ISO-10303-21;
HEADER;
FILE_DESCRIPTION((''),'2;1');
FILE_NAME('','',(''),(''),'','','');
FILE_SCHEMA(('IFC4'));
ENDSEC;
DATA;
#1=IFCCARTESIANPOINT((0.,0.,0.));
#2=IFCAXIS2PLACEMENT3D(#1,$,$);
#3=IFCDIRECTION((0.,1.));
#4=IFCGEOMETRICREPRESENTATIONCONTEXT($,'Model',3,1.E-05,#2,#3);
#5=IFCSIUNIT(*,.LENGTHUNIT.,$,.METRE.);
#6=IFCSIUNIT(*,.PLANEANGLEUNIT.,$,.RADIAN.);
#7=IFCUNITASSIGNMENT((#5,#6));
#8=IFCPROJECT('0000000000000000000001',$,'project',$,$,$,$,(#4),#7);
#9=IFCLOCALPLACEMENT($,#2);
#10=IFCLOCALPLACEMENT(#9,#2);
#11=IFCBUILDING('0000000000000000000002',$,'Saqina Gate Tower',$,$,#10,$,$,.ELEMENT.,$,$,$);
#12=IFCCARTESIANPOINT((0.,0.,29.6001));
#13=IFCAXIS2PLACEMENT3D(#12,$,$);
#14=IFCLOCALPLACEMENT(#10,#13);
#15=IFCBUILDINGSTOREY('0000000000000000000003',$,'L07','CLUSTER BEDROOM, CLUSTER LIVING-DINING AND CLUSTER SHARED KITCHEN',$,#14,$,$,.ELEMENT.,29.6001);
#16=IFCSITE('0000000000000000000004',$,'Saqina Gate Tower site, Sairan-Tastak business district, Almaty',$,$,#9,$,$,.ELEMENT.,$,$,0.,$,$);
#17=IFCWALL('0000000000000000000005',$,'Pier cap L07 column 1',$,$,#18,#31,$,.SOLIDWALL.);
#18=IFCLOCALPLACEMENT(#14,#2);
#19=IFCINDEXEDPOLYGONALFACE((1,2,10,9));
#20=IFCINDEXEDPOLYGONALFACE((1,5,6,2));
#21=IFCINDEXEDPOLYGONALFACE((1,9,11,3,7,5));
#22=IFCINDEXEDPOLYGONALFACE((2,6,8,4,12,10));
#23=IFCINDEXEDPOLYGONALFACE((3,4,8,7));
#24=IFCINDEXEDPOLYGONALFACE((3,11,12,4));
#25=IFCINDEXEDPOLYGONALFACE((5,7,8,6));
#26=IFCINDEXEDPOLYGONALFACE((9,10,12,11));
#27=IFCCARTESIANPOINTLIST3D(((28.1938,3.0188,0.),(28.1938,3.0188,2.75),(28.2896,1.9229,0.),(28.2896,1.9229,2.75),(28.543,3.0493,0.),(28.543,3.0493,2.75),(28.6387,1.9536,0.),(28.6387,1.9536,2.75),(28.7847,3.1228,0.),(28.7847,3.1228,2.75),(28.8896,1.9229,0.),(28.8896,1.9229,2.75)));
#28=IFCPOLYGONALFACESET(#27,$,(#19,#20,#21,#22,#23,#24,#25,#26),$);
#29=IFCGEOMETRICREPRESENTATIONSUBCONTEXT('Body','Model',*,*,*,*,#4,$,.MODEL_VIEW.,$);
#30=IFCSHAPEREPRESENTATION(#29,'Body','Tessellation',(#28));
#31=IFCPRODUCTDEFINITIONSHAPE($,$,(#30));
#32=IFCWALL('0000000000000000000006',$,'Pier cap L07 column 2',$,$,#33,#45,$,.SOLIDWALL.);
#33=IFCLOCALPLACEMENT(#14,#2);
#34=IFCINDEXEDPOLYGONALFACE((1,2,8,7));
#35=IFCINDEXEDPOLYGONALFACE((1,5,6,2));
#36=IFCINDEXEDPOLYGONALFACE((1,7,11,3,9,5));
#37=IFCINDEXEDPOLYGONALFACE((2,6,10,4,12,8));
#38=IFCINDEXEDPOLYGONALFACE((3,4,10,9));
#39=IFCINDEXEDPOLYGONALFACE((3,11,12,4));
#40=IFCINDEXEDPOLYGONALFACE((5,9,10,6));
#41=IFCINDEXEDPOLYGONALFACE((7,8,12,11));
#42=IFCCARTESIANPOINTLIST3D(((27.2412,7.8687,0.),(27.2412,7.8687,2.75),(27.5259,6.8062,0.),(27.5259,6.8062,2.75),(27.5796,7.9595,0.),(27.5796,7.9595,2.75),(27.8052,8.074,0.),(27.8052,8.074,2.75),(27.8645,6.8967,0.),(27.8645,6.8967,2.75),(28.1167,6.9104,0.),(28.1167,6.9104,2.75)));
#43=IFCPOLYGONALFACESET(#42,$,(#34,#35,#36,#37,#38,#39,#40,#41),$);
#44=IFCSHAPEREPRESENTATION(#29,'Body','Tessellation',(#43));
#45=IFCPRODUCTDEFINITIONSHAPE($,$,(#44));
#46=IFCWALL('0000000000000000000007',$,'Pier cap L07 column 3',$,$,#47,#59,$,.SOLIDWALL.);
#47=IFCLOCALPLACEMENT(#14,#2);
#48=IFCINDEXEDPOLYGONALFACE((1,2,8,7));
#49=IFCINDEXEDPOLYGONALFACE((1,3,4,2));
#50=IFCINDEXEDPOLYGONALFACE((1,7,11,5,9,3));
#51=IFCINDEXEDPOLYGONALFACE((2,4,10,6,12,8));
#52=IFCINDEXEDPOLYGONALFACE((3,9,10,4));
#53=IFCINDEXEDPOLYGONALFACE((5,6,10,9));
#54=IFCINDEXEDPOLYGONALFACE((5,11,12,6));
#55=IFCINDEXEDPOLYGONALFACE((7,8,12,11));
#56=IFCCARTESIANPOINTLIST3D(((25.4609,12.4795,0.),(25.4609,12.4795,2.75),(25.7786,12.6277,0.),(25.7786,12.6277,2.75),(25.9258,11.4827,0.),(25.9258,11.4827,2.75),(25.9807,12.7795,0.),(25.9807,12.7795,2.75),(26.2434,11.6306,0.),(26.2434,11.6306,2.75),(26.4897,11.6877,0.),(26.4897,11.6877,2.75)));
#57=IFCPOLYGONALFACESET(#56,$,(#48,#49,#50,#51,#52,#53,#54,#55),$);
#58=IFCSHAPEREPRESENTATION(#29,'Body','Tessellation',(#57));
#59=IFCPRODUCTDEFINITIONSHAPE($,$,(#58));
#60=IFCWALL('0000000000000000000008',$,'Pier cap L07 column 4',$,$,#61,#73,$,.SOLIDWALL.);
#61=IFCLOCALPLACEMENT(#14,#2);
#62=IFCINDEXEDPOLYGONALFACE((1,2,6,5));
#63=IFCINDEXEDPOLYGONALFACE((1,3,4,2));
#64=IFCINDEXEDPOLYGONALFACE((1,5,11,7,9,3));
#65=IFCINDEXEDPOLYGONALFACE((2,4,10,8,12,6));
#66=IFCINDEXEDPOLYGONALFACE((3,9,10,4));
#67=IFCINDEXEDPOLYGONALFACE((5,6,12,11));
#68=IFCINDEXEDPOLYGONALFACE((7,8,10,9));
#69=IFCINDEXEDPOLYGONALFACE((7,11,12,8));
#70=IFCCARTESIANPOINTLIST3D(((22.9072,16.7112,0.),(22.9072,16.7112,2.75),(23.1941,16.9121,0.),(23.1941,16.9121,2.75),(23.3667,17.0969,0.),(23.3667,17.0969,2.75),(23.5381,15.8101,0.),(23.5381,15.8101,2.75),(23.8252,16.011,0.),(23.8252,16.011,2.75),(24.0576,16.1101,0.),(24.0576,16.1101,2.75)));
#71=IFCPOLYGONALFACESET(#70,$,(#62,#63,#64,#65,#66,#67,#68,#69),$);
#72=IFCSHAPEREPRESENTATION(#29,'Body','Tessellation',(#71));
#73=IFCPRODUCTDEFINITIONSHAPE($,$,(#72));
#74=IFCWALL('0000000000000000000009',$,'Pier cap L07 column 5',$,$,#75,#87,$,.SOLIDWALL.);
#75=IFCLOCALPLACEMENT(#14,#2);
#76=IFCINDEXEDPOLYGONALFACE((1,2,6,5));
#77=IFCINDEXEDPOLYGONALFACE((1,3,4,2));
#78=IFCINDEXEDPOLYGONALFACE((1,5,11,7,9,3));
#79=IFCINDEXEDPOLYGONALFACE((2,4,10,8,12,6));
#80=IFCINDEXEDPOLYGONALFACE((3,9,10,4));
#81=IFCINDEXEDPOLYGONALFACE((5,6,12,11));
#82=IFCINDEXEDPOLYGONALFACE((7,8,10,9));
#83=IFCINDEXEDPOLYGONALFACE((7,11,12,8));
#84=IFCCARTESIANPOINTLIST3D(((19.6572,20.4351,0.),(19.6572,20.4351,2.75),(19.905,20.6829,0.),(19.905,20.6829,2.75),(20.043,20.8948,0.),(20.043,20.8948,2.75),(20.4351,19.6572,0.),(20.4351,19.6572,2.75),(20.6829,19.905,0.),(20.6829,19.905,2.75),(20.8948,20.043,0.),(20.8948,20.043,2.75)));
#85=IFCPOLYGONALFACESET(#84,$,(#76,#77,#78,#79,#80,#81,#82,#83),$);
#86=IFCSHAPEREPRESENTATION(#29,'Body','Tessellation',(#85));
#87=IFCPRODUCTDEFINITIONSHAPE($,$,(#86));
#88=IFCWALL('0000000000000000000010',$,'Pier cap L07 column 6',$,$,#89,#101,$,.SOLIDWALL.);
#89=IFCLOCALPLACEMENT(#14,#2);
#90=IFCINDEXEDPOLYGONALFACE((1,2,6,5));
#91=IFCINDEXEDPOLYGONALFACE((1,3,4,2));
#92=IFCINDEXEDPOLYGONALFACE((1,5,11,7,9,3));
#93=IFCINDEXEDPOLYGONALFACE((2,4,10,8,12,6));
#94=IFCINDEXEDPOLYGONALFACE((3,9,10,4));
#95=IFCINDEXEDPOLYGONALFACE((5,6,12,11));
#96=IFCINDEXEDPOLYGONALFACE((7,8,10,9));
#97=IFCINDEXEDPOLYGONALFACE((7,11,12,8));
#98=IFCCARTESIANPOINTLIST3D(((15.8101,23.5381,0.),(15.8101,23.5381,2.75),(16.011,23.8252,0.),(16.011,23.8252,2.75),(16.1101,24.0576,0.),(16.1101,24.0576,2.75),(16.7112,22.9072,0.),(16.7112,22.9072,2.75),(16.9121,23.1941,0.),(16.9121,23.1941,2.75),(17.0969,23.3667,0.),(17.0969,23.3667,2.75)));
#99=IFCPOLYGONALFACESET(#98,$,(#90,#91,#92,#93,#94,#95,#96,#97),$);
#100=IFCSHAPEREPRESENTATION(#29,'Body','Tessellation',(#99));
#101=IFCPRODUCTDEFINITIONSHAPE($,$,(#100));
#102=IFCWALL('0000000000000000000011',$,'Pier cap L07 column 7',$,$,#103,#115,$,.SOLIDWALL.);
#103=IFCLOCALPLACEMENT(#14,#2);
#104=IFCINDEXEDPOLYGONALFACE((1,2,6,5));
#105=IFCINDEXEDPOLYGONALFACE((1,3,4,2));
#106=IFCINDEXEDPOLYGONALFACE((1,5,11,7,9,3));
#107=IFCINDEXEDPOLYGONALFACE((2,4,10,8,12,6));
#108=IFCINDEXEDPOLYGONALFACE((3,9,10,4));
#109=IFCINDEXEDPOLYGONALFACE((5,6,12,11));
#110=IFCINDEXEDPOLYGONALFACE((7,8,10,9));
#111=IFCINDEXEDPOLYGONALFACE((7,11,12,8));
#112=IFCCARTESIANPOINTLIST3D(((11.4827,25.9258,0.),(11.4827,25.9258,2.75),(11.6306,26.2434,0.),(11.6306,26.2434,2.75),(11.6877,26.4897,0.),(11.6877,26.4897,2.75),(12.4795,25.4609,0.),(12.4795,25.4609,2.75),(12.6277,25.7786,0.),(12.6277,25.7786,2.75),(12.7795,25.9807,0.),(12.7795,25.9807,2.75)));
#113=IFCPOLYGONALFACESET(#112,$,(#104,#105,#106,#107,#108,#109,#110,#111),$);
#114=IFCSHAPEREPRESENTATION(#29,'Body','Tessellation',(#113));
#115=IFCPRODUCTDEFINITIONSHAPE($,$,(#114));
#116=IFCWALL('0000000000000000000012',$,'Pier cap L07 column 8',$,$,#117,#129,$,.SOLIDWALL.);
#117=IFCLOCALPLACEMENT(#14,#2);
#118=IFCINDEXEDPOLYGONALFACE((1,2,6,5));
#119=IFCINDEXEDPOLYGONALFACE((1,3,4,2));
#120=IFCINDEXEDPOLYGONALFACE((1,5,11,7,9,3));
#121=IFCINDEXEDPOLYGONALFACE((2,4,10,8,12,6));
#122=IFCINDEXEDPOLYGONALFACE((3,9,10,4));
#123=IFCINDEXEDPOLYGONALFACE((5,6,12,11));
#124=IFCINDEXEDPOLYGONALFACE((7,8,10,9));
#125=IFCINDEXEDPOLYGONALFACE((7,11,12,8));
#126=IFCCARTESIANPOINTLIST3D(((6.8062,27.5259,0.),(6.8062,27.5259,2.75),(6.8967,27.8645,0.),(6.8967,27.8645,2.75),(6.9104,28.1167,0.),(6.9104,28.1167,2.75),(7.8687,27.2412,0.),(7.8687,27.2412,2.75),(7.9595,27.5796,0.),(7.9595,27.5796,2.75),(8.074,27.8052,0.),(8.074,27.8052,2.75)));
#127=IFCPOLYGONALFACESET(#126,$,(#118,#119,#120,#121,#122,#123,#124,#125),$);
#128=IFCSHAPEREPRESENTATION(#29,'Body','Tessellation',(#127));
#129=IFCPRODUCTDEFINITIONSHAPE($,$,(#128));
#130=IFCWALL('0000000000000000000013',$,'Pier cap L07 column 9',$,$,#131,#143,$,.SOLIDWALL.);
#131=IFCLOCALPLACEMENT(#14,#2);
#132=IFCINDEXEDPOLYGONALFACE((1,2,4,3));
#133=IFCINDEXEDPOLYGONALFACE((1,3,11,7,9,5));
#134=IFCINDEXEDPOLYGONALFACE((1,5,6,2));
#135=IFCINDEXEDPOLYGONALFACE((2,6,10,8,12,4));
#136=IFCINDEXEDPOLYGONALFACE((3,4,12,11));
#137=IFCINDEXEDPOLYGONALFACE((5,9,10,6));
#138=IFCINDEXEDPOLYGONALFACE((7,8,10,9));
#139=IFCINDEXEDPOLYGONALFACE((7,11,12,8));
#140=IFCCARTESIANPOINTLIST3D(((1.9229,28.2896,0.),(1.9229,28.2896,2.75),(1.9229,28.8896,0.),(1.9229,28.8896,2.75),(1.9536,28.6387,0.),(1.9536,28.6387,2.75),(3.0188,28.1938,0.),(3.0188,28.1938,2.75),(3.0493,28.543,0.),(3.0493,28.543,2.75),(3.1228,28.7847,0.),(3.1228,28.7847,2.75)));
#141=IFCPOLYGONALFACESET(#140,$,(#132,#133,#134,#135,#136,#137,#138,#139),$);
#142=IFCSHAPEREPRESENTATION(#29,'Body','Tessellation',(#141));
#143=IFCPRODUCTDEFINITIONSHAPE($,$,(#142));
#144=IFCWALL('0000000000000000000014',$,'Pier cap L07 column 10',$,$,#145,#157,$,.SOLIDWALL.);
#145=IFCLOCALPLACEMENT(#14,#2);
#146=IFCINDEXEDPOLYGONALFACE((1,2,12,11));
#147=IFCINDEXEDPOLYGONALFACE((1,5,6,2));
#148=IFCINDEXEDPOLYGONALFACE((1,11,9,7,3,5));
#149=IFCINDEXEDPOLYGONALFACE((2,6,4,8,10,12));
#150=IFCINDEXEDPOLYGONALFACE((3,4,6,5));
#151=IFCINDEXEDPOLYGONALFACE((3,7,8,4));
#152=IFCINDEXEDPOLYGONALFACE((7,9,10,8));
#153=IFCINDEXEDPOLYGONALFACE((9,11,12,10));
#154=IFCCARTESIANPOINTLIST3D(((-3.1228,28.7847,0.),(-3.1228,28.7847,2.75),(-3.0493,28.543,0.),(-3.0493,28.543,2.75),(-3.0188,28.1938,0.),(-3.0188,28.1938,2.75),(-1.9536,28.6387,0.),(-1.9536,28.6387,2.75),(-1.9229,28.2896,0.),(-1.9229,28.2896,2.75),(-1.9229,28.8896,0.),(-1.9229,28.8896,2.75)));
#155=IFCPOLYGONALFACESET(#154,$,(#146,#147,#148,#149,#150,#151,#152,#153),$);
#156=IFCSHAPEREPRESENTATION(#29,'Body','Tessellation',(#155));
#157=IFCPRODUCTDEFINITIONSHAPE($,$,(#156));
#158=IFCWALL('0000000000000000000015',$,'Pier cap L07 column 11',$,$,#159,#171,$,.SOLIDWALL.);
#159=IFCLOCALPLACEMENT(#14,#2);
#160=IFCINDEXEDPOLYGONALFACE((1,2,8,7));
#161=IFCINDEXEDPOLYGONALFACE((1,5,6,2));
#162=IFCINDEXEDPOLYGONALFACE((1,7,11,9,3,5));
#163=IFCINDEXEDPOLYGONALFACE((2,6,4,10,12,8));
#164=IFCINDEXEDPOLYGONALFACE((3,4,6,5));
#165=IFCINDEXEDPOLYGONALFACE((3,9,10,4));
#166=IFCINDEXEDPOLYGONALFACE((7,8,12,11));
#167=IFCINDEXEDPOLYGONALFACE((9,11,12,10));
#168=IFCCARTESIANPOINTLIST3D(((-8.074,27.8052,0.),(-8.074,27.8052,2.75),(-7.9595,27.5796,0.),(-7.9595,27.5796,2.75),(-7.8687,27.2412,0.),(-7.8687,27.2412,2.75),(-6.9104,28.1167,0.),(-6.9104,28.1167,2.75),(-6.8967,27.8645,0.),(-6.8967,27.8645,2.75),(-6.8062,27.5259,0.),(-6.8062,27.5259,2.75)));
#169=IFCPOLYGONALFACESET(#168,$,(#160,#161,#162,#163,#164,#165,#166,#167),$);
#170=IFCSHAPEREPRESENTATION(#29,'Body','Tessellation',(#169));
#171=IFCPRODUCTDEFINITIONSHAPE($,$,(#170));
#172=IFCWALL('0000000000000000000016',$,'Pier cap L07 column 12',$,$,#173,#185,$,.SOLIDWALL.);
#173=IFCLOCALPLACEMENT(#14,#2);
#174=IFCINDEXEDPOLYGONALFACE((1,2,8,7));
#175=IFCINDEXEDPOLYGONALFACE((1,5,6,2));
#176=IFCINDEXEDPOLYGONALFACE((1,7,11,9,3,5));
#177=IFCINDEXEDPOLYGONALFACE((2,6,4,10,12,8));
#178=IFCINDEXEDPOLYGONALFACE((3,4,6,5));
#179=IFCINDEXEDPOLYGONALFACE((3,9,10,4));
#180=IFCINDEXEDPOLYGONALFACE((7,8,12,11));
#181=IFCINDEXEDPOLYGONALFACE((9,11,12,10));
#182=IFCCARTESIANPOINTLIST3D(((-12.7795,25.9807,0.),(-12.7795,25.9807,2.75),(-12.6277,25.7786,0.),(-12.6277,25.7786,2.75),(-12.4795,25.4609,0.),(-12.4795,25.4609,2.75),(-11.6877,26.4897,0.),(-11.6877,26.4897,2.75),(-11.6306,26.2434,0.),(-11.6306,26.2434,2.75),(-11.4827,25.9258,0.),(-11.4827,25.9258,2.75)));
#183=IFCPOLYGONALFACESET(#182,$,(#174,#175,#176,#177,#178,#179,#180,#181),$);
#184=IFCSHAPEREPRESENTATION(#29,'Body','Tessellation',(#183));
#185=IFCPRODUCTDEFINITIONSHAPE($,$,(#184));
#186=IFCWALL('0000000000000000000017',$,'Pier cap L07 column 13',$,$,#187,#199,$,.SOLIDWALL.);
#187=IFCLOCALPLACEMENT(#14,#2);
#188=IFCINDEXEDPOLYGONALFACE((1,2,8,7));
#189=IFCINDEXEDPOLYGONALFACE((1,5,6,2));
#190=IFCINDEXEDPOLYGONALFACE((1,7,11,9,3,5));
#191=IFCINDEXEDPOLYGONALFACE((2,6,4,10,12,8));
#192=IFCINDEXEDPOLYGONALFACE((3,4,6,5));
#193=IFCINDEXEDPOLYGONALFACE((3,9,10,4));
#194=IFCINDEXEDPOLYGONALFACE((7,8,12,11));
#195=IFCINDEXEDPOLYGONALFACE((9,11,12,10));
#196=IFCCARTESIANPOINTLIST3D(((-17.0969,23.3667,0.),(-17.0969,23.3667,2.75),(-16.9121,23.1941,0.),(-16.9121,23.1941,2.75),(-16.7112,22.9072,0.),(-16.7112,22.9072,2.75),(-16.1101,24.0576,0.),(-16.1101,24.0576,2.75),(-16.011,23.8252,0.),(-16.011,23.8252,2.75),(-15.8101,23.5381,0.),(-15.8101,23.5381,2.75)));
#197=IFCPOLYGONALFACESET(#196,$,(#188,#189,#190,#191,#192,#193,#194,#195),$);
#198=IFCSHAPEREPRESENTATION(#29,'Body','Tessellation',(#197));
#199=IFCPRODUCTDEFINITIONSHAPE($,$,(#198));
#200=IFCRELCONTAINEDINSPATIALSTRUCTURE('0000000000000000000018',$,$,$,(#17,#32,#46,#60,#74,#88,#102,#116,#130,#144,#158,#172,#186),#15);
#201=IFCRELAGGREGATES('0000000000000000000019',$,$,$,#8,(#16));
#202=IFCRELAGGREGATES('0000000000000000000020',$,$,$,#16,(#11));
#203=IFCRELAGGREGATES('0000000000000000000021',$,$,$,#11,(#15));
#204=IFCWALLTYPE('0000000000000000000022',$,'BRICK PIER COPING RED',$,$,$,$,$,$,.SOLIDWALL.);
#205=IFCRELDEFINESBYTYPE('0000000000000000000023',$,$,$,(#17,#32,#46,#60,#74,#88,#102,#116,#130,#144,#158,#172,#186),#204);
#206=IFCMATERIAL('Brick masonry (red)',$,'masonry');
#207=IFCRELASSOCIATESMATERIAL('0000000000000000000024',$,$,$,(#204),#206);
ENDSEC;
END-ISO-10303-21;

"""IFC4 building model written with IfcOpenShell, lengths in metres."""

from ifc_helpers import new_model, si_unit, direction, frame, origin, place, context, subcontext, project, spatial, polyline, outline, extrude, material, type_object, element, save


model = new_model("IFC4")

# Units and contexts
model_context = context("Model", 3, precision=1e-05, world=origin(), true_north=direction((0.0, 1.0)))
body_context = subcontext(model_context, "Body", "Model", "MODEL_VIEW")
ifc_project = project(units=[si_unit("LENGTHUNIT", "METRE"), si_unit("PLANEANGLEUNIT", "RADIAN")], contexts=[model_context])

# Site, building, storey
site_placement = place(None, origin())
site = spatial("IfcSite", under=ifc_project, at=site_placement, Name="Saqina Gate Tower site, Sairan-Tastak business district, Almaty", CompositionType="ELEMENT", RefElevation=0.0)
building_placement = place(site_placement, origin())
building = spatial("IfcBuilding", under=site, at=building_placement, Name="Saqina Gate Tower", CompositionType="ELEMENT")
storey_placement = place(building_placement, frame((0.0, 0.0, 29.6001)))
storey = spatial("IfcBuildingStorey", under=building, at=storey_placement, Name="L07", Description="CLUSTER BEDROOM, CLUSTER LIVING-DINING AND CLUSTER SHARED KITCHEN", CompositionType="ELEMENT", Elevation=29.6001)

# Walls
ifc_material_1 = material(Name="Brick masonry (red)", Category="masonry")
wall_type_1 = type_object("IfcWallType", Name="BRICK PIER COPING RED", PredefinedType="SOLIDWALL", material=ifc_material_1)
wall_1_placement = place(storey_placement, origin())
element("IfcWall", 1, at=wall_1_placement, inside=storey, type_object=wall_type_1, Name="Pier cap L07 column 1", PredefinedType="SOLIDWALL", context=body_context, shape_type="SweptSolid", body=[
    extrude(outline(polyline([(28.8896, 1.9229), (28.7847, 3.1228), (28.1938, 3.0188), (28.543, 3.0493), (28.6387, 1.9536), (28.2896, 1.9229), (28.8896, 1.9229)])), origin(), (0.0, 0.0, 1.0), 2.75),
])
wall_2_placement = place(storey_placement, origin())
element("IfcWall", 2, at=wall_2_placement, inside=storey, type_object=wall_type_1, Name="Pier cap L07 column 2", PredefinedType="SOLIDWALL", context=body_context, shape_type="SweptSolid", body=[
    extrude(outline(polyline([(28.1167, 6.9104), (27.8052, 8.074), (27.2412, 7.8687), (27.5796, 7.9595), (27.8645, 6.8967), (27.5259, 6.8062), (28.1167, 6.9104)])), origin(), (0.0, 0.0, 1.0), 2.75),
])
wall_3_placement = place(storey_placement, origin())
element("IfcWall", 3, at=wall_3_placement, inside=storey, type_object=wall_type_1, Name="Pier cap L07 column 3", PredefinedType="SOLIDWALL", context=body_context, shape_type="SweptSolid", body=[
    extrude(outline(polyline([(25.9807, 12.7795), (25.4609, 12.4795), (25.7786, 12.6277), (26.2434, 11.6306), (25.9258, 11.4827), (26.4897, 11.6877), (25.9807, 12.7795)])), origin(), (0.0, 0.0, 1.0), 2.75),
])
wall_4_placement = place(storey_placement, origin())
element("IfcWall", 4, at=wall_4_placement, inside=storey, type_object=wall_type_1, Name="Pier cap L07 column 4", PredefinedType="SOLIDWALL", context=body_context, shape_type="SweptSolid", body=[
    extrude(outline(polyline([(24.0576, 16.1101), (23.3667, 17.0969), (22.9072, 16.7112), (23.1941, 16.9121), (23.8252, 16.011), (23.5381, 15.8101), (24.0576, 16.1101)])), origin(), (0.0, 0.0, 1.0), 2.75),
])
wall_5_placement = place(storey_placement, origin())
element("IfcWall", 5, at=wall_5_placement, inside=storey, type_object=wall_type_1, Name="Pier cap L07 column 5", PredefinedType="SOLIDWALL", context=body_context, shape_type="SweptSolid", body=[
    extrude(outline(polyline([(20.043, 20.8948), (19.6572, 20.4351), (19.905, 20.6829), (20.6829, 19.905), (20.4351, 19.6572), (20.8948, 20.043), (20.043, 20.8948)])), origin(), (0.0, 0.0, 1.0), 2.75),
])
wall_6_placement = place(storey_placement, origin())
element("IfcWall", 6, at=wall_6_placement, inside=storey, type_object=wall_type_1, Name="Pier cap L07 column 6", PredefinedType="SOLIDWALL", context=body_context, shape_type="SweptSolid", body=[
    extrude(outline(polyline([(17.0969, 23.3667), (16.1101, 24.0576), (15.8101, 23.5381), (16.011, 23.8252), (16.9121, 23.1941), (16.7112, 22.9072), (17.0969, 23.3667)])), origin(), (0.0, 0.0, 1.0), 2.75),
])
wall_7_placement = place(storey_placement, origin())
element("IfcWall", 7, at=wall_7_placement, inside=storey, type_object=wall_type_1, Name="Pier cap L07 column 7", PredefinedType="SOLIDWALL", context=body_context, shape_type="SweptSolid", body=[
    extrude(outline(polyline([(11.6877, 26.4897), (11.4827, 25.9258), (11.6306, 26.2434), (12.6277, 25.7786), (12.4795, 25.4609), (12.7795, 25.9807), (11.6877, 26.4897)])), origin(), (0.0, 0.0, 1.0), 2.75),
])
wall_8_placement = place(storey_placement, origin())
element("IfcWall", 8, at=wall_8_placement, inside=storey, type_object=wall_type_1, Name="Pier cap L07 column 8", PredefinedType="SOLIDWALL", context=body_context, shape_type="SweptSolid", body=[
    extrude(outline(polyline([(6.9104, 28.1167), (6.8062, 27.5259), (6.8967, 27.8645), (7.9595, 27.5796), (7.8687, 27.2412), (8.074, 27.8052), (6.9104, 28.1167)])), origin(), (0.0, 0.0, 1.0), 2.75),
])
wall_9_placement = place(storey_placement, origin())
element("IfcWall", 9, at=wall_9_placement, inside=storey, type_object=wall_type_1, Name="Pier cap L07 column 9", PredefinedType="SOLIDWALL", context=body_context, shape_type="SweptSolid", body=[
    extrude(outline(polyline([(3.1228, 28.7847), (1.9229, 28.8896), (1.9229, 28.2896), (1.9536, 28.6387), (3.0493, 28.543), (3.0188, 28.1938), (3.1228, 28.7847)])), origin(), (0.0, 0.0, 1.0), 2.75),
])
wall_10_placement = place(storey_placement, origin())
element("IfcWall", 10, at=wall_10_placement, inside=storey, type_object=wall_type_1, Name="Pier cap L07 column 10", PredefinedType="SOLIDWALL", context=body_context, shape_type="SweptSolid", body=[
    extrude(outline(polyline([(-1.9229, 28.8896), (-3.1228, 28.7847), (-3.0188, 28.1938), (-3.0493, 28.543), (-1.9536, 28.6387), (-1.9229, 28.2896), (-1.9229, 28.8896)])), origin(), (0.0, 0.0, 1.0), 2.75),
])
wall_11_placement = place(storey_placement, origin())
element("IfcWall", 11, at=wall_11_placement, inside=storey, type_object=wall_type_1, Name="Pier cap L07 column 11", PredefinedType="SOLIDWALL", context=body_context, shape_type="SweptSolid", body=[
    extrude(outline(polyline([(-6.9104, 28.1167), (-8.074, 27.8052), (-7.8687, 27.2412), (-7.9595, 27.5796), (-6.8967, 27.8645), (-6.8062, 27.5259), (-6.9104, 28.1167)])), origin(), (0.0, 0.0, 1.0), 2.75),
])
wall_12_placement = place(storey_placement, origin())
element("IfcWall", 12, at=wall_12_placement, inside=storey, type_object=wall_type_1, Name="Pier cap L07 column 12", PredefinedType="SOLIDWALL", context=body_context, shape_type="SweptSolid", body=[
    extrude(outline(polyline([(-12.7795, 25.9807), (-12.4795, 25.4609), (-12.6277, 25.7786), (-11.6306, 26.2434), (-11.4827, 25.9258), (-11.6877, 26.4897), (-12.7795, 25.9807)])), origin(), (0.0, 0.0, 1.0), 2.75),
])
wall_13_placement = place(storey_placement, origin())
element("IfcWall", 13, at=wall_13_placement, inside=storey, type_object=wall_type_1, Name="Pier cap L07 column 13", PredefinedType="SOLIDWALL", context=body_context, shape_type="SweptSolid", body=[
    extrude(outline(polyline([(-16.1101, 24.0576), (-17.0969, 23.3667), (-16.7112, 22.9072), (-16.9121, 23.1941), (-16.011, 23.8252), (-15.8101, 23.5381), (-16.1101, 24.0576)])), origin(), (0.0, 0.0, 1.0), 2.75),
])

save(model, "model.ifc")
